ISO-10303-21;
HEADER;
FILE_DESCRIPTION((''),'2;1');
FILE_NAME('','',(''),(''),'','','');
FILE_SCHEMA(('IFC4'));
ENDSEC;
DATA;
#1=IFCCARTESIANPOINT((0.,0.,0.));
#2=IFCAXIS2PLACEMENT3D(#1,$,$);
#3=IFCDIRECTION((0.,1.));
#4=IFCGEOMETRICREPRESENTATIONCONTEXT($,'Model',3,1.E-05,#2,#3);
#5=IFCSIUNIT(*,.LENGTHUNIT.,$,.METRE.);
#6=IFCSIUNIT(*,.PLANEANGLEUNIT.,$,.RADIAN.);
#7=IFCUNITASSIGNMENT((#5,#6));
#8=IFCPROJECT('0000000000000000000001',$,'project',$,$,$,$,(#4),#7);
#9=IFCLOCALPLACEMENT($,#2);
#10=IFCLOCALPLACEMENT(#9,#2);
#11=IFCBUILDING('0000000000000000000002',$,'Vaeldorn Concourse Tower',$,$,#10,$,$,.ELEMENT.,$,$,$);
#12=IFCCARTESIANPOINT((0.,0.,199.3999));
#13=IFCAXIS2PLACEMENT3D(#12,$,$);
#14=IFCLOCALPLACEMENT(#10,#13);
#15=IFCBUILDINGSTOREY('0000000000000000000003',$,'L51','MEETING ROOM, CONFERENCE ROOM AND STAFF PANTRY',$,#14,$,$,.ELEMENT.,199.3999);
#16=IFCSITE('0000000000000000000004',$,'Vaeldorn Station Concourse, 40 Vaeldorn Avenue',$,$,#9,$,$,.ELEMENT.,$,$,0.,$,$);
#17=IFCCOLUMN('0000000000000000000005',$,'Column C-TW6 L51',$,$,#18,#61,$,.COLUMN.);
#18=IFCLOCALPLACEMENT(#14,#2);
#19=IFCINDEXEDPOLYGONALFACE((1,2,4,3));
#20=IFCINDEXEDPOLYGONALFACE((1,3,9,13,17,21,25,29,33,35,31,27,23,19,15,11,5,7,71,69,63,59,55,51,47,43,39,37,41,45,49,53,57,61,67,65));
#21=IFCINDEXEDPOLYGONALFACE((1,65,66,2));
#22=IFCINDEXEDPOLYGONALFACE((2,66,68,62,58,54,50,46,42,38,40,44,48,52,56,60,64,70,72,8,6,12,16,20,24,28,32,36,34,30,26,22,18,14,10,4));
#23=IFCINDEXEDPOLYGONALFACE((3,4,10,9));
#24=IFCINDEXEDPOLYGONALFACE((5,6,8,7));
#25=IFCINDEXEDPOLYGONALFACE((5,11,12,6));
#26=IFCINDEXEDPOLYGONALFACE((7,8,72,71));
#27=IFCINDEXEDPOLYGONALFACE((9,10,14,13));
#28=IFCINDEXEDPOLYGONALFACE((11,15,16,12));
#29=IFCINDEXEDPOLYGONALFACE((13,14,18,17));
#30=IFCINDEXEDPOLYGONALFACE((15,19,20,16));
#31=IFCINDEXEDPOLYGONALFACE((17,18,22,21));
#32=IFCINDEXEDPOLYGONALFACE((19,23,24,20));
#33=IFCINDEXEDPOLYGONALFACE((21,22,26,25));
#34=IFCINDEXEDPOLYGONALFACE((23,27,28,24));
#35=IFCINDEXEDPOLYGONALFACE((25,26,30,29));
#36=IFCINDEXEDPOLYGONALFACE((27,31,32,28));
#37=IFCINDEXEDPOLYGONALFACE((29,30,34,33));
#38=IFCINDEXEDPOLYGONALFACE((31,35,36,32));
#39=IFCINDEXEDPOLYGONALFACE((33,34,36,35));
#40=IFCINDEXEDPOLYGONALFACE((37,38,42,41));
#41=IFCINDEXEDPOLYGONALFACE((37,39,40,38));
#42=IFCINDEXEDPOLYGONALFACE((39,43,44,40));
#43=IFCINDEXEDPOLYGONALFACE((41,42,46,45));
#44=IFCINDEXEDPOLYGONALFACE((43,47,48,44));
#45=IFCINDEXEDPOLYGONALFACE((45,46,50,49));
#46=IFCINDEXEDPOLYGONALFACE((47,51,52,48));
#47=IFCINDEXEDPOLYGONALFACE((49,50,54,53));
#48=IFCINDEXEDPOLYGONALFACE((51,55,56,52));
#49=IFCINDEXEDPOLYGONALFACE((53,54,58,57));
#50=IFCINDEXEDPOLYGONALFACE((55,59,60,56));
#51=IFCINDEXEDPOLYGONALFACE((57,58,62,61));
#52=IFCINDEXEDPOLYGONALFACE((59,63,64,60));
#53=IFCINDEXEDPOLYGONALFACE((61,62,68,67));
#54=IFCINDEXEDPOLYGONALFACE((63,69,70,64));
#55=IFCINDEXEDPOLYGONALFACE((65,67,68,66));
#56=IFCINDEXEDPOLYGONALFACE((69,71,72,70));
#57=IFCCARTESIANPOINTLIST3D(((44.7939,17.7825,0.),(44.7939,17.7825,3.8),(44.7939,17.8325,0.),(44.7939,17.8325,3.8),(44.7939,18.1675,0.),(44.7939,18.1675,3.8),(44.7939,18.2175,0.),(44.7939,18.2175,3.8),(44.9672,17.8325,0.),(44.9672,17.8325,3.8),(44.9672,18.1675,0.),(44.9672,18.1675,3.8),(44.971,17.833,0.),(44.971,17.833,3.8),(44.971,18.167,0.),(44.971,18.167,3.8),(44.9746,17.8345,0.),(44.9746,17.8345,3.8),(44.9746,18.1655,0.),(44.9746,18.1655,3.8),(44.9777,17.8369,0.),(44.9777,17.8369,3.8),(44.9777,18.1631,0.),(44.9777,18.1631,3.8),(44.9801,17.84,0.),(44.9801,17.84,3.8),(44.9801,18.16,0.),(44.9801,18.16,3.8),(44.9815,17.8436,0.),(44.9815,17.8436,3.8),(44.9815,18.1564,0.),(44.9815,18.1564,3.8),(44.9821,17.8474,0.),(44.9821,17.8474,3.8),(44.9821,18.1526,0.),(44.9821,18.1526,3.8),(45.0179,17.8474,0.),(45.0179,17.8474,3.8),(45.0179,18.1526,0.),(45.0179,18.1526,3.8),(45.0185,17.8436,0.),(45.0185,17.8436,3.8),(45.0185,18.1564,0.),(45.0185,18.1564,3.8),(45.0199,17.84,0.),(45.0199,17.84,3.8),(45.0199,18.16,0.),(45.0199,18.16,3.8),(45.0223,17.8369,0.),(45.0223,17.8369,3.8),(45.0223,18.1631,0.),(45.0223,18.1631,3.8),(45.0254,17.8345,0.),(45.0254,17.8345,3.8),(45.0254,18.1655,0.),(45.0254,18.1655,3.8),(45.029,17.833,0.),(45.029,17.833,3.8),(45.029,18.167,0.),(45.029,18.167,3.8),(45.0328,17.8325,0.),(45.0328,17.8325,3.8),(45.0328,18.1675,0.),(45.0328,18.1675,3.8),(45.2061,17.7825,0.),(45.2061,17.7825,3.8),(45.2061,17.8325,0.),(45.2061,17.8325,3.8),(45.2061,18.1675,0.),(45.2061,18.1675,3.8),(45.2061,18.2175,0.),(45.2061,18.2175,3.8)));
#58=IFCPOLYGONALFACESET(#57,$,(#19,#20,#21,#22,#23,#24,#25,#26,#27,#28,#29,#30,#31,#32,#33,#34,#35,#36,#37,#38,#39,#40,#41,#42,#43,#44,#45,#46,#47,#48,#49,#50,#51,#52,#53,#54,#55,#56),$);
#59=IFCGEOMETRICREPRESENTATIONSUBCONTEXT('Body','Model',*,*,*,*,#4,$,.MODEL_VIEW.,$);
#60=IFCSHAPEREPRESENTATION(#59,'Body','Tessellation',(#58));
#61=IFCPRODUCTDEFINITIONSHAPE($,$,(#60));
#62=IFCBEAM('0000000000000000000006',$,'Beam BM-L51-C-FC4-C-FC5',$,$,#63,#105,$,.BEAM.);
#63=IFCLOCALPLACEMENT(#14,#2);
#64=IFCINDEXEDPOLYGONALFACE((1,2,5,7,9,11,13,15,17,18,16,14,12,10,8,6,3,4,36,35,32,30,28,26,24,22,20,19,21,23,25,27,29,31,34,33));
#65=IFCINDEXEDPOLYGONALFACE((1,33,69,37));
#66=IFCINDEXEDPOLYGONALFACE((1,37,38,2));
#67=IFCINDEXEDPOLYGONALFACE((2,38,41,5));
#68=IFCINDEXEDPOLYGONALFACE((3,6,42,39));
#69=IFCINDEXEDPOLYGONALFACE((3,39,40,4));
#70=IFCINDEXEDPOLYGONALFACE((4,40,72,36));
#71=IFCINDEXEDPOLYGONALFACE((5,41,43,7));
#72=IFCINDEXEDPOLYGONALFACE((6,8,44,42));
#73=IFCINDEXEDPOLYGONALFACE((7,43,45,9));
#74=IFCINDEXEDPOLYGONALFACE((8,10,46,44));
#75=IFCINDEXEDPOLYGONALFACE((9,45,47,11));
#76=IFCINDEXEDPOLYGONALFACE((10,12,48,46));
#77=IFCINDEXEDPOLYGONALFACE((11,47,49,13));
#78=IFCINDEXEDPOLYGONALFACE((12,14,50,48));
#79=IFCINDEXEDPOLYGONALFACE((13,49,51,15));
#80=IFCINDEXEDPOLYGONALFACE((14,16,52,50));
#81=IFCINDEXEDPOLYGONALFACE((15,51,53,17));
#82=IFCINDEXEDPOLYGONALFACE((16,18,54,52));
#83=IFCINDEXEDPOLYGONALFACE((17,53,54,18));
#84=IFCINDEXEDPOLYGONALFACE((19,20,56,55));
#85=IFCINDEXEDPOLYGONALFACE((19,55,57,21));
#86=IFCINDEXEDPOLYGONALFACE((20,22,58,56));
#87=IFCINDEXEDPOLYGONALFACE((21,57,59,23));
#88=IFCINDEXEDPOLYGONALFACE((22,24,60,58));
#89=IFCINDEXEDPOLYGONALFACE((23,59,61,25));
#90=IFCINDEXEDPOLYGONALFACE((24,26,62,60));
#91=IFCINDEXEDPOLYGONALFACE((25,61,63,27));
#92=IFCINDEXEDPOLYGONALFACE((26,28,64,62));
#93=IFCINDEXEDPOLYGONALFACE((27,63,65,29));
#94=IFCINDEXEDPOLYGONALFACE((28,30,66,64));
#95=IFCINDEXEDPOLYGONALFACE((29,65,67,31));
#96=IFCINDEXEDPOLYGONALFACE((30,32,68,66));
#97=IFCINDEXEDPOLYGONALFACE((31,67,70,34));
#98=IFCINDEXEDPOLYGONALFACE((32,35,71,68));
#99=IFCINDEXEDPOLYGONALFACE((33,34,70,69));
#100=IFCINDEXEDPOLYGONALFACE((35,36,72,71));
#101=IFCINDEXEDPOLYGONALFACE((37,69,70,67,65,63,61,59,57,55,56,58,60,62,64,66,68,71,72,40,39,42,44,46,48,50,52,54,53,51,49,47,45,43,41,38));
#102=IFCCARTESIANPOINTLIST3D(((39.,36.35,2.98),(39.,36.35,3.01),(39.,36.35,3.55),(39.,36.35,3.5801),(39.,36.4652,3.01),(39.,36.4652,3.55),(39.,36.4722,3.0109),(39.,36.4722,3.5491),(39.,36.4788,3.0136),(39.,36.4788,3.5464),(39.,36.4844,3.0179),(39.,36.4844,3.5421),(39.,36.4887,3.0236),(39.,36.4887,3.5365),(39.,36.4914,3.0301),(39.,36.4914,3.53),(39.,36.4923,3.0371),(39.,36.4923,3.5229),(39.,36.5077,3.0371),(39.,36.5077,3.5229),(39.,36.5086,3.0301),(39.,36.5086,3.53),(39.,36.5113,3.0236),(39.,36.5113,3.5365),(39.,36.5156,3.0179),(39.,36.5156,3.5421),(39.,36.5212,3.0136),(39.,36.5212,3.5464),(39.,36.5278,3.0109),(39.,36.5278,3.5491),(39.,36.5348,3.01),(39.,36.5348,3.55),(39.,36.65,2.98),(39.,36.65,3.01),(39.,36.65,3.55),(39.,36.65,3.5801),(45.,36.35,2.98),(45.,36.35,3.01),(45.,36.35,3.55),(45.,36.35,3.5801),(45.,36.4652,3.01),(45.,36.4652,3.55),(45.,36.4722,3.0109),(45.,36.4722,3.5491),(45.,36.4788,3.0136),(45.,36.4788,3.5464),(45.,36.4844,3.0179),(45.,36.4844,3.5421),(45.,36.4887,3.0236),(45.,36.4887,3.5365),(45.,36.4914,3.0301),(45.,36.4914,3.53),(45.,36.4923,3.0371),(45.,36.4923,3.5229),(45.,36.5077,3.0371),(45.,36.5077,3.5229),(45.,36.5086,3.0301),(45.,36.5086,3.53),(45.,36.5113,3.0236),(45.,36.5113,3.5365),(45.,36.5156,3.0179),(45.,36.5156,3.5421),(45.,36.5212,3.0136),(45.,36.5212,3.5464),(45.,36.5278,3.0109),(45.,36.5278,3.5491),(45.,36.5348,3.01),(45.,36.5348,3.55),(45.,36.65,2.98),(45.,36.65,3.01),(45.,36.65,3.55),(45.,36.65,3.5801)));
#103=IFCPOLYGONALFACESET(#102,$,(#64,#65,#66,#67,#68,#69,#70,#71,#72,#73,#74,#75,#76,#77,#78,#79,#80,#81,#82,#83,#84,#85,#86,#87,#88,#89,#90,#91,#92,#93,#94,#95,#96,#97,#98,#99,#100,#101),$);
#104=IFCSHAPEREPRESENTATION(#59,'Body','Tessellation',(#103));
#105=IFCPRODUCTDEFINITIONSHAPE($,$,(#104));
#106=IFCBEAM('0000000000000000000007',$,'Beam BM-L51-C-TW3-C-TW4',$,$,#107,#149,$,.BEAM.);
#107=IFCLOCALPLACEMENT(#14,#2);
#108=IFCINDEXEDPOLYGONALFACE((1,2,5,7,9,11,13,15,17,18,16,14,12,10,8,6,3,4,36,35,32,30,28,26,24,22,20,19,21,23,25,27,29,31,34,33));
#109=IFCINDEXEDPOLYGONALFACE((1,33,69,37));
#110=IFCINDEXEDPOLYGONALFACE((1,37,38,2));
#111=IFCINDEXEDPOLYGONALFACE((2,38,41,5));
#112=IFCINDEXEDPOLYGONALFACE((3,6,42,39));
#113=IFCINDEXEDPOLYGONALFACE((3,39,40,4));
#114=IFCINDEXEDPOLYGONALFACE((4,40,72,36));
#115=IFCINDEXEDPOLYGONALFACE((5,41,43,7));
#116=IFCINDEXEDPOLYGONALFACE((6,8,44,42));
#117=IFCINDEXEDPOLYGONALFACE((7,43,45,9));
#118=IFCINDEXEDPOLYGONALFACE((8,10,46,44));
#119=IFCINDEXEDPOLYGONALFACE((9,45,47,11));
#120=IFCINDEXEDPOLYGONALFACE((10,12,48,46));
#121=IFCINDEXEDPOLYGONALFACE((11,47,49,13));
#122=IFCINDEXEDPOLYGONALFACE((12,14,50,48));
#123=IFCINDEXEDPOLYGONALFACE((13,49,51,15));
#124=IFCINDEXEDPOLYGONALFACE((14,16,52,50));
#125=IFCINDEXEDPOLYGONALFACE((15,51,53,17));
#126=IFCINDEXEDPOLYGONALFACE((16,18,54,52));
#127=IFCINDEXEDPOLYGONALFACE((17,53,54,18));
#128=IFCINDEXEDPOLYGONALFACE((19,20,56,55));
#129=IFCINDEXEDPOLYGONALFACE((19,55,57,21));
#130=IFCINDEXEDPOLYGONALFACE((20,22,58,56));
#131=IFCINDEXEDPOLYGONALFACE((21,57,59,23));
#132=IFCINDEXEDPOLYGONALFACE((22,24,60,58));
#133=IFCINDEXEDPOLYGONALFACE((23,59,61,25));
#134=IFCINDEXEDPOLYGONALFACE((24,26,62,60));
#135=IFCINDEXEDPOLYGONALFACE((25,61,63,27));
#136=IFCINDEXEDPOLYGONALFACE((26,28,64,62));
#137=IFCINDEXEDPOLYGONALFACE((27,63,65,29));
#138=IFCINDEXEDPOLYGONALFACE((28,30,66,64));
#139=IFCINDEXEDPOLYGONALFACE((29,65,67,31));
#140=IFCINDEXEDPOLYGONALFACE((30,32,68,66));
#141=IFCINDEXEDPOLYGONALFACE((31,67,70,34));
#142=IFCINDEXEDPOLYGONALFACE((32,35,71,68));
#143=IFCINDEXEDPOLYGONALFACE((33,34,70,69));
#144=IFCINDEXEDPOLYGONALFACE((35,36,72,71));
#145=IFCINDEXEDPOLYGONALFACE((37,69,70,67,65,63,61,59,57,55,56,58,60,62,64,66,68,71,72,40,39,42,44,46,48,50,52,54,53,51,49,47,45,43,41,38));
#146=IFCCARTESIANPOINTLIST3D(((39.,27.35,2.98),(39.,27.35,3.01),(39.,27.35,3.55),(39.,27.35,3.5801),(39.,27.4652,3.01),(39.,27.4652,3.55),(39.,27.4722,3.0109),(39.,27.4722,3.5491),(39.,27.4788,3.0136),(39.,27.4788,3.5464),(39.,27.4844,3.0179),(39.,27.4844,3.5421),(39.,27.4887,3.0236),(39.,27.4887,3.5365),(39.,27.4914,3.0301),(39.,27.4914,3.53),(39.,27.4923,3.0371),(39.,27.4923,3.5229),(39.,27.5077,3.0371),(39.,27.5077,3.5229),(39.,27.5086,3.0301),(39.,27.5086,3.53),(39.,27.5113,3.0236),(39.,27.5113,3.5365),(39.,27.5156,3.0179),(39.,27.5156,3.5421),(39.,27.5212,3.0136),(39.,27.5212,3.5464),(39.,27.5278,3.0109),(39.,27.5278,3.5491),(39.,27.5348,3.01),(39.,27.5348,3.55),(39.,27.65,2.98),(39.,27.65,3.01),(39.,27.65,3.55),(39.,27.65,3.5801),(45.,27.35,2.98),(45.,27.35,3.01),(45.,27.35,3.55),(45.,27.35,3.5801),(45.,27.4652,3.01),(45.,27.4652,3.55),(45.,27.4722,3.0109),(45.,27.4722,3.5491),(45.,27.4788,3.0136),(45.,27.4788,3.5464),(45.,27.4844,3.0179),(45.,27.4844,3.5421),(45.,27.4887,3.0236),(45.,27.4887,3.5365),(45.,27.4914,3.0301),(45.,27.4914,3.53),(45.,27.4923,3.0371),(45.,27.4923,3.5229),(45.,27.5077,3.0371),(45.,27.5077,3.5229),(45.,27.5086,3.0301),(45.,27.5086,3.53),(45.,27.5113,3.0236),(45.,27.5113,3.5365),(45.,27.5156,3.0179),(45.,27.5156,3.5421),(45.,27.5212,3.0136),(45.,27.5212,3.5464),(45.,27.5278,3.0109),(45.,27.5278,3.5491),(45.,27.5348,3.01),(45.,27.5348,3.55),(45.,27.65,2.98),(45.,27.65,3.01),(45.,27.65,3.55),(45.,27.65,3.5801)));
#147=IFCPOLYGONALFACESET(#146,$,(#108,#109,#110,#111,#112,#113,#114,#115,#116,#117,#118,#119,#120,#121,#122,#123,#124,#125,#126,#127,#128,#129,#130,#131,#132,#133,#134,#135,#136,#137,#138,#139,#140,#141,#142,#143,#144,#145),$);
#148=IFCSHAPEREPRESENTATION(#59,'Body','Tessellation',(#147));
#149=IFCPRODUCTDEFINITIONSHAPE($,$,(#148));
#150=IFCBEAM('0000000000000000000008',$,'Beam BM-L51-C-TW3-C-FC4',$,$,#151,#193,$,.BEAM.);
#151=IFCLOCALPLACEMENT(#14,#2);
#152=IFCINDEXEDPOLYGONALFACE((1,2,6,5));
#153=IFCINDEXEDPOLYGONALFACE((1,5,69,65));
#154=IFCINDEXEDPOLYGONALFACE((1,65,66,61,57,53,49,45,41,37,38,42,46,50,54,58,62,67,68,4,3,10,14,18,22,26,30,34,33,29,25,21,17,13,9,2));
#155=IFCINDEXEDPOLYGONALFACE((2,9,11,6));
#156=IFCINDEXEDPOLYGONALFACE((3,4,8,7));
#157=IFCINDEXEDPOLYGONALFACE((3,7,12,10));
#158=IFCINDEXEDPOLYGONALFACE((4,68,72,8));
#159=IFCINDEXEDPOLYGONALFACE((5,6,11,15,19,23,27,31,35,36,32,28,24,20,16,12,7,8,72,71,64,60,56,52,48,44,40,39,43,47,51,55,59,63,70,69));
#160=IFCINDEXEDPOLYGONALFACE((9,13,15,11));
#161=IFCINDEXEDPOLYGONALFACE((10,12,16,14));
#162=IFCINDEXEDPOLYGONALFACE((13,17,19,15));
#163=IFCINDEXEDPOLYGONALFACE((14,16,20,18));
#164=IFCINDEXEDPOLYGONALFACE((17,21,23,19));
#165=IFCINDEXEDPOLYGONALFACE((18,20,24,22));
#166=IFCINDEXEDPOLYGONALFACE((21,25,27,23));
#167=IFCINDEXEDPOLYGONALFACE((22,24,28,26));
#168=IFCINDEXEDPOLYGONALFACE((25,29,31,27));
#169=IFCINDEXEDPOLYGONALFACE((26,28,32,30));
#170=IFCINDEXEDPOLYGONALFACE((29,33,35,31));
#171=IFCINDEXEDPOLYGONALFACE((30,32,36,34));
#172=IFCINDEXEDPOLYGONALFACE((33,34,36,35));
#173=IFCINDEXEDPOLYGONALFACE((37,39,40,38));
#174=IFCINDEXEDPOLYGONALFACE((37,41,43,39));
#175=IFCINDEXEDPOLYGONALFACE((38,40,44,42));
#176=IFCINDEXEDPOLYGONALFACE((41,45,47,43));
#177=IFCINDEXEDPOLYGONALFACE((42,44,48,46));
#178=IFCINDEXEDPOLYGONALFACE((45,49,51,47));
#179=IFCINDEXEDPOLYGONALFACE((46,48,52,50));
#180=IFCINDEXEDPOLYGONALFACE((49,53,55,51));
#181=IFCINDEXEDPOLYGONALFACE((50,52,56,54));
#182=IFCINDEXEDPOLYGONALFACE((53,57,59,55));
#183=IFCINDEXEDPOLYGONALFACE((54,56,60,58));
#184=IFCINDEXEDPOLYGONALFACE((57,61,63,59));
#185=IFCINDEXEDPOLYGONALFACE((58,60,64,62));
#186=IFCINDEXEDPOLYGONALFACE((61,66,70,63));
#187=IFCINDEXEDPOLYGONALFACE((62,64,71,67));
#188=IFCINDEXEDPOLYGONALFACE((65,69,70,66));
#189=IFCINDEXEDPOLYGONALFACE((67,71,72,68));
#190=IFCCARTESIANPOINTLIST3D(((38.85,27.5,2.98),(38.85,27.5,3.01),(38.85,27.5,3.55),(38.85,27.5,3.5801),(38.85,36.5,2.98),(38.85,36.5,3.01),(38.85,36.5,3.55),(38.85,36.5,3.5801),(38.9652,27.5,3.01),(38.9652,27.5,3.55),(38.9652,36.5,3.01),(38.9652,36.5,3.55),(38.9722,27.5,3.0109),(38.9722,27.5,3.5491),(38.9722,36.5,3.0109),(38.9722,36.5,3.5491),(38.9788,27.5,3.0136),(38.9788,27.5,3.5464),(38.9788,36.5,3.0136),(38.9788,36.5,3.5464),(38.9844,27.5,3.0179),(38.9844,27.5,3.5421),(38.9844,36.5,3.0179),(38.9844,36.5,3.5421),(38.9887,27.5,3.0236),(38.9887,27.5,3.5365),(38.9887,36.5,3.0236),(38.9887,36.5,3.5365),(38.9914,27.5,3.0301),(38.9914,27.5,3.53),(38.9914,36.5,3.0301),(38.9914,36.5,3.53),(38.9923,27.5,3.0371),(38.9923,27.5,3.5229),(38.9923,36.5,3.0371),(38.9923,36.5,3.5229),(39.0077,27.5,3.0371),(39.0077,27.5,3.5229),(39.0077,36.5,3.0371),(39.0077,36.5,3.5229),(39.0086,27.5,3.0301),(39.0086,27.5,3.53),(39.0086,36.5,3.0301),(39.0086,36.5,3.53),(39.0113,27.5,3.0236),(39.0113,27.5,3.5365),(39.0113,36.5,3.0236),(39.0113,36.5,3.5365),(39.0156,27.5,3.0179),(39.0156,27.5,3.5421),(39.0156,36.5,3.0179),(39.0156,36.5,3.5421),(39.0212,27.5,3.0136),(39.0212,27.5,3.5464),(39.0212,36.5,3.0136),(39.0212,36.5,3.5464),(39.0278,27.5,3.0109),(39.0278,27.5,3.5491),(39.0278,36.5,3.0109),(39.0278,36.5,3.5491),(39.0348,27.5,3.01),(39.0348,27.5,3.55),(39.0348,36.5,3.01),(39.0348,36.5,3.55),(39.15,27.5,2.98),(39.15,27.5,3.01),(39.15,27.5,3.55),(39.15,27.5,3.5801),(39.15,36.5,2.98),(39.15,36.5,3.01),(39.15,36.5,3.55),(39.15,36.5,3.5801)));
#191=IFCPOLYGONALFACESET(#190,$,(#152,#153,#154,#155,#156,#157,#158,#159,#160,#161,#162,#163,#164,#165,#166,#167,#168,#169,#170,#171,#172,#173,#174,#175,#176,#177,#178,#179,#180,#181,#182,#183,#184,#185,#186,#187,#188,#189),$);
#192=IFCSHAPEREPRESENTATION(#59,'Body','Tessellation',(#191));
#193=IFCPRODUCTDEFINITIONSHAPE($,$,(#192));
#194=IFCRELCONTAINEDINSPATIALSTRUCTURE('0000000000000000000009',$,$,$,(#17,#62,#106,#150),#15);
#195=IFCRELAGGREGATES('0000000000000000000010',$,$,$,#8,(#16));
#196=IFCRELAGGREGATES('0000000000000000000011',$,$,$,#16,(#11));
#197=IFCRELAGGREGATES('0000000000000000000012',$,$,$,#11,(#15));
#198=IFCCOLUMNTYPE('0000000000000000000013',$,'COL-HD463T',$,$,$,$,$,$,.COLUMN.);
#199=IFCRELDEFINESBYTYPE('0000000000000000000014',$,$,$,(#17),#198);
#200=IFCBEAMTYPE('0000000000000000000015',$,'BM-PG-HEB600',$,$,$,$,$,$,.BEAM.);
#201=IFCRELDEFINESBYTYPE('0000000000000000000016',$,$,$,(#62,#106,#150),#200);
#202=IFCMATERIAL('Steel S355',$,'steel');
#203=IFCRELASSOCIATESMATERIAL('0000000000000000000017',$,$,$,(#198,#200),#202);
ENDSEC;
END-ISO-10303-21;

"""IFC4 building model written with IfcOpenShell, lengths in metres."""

from ifc_helpers import new_model, si_unit, direction, frame, origin, origin_2d, place, context, subcontext, project, spatial, i_section, extrude, source, transform, mapped, material, material_profile, profile_set, type_object, element, save


model = new_model("IFC4")

# Units and contexts
model_context = context("Model", 3, precision=1e-05, world=origin(), true_north=direction((0.0, 1.0)))
body_context = subcontext(model_context, "Body", "Model", "MODEL_VIEW")
ifc_project = project(units=[si_unit("LENGTHUNIT", "METRE"), si_unit("PLANEANGLEUNIT", "RADIAN")], contexts=[model_context])

# Site, building, storey
site_placement = place(None, origin())
site = spatial("IfcSite", under=ifc_project, at=site_placement, Name="Vaeldorn Station Concourse, 40 Vaeldorn Avenue", CompositionType="ELEMENT", RefElevation=0.0)
building_placement = place(site_placement, origin())
building = spatial("IfcBuilding", under=site, at=building_placement, Name="Vaeldorn Concourse Tower", CompositionType="ELEMENT")
storey_placement = place(building_placement, frame((0.0, 0.0, 199.3999)))
storey = spatial("IfcBuildingStorey", under=building, at=storey_placement, Name="L51", Description="MEETING ROOM, CONFERENCE ROOM AND STAFF PANTRY", CompositionType="ELEMENT", Elevation=199.3999)

# Column
ifc_material_1 = material(Name="Steel S355", Category="steel")
ifc_material_profile_1 = material_profile(ifc_material_1, i_section(OverallWidth=0.4121, OverallDepth=0.4351, WebThickness=0.0359, FlangeThickness=0.05, FilletRadius=0.0149, at=origin_2d()), Name="HD 400x463")
ifc_profile_set_1 = profile_set([ifc_material_profile_1], Name="Steel S355")
column_type_1 = type_object("IfcColumnType", Name="COL-HD463T", PredefinedType="COLUMN", material=ifc_profile_set_1)
shared_shape_1 = source(origin(), body_context, "Body", "SweptSolid", [
    extrude(i_section(OverallWidth=0.4121, OverallDepth=0.4351, WebThickness=0.0359, FlangeThickness=0.05, FilletRadius=0.0149, at=origin_2d()), origin(), (0.0, 0.0, 1.0), 3.8),
])
for number, where, z_axis, x_axis, name in (
    (1, (45.0, 18.0, 0.0), (0.0, 0.0, 1.0), (1.0, 0.0, 0.0), "Column C-TW6 L51"),
):
    element("IfcColumn", number, at=place(storey_placement, frame(where, z_axis=z_axis, x_axis=x_axis)), inside=storey, type_object=column_type_1, Name=name, PredefinedType="COLUMN", context=body_context, shape_type="MappedRepresentation", body=[
        mapped(shared_shape_1, transform((0.0, 0.0, 0.0), scale=1.0)),
    ])

# Beams
ifc_material_profile_2 = material_profile(ifc_material_1, i_section(OverallWidth=0.3, OverallDepth=0.6001, WebThickness=0.0154, FlangeThickness=0.03, FilletRadius=0.0271, at=origin_2d()), Name="HEB 600")
ifc_profile_set_2 = profile_set([ifc_material_profile_2], Name="Steel S355")
beam_type_1 = type_object("IfcBeamType", Name="BM-PG-HEB600", PredefinedType="BEAM", material=ifc_profile_set_2)
shared_shape_2 = source(origin(), body_context, "Body", "SweptSolid", [
    extrude(i_section(OverallWidth=0.3, OverallDepth=0.6001, WebThickness=0.0154, FlangeThickness=0.03, FilletRadius=0.0271, at=origin_2d()), origin(), (0.0, 0.0, 1.0), 6.0),
])
for number, where, z_axis, x_axis, name in (
    (2, (39.0, 36.5, 3.28), (1.0, 0.0, 0.0), (0.0, 1.0, 0.0), "Beam BM-L51-C-FC4-C-FC5"),
    (3, (39.0, 27.5, 3.28), (1.0, 0.0, 0.0), (0.0, 1.0, 0.0), "Beam BM-L51-C-TW3-C-TW4"),
):
    element("IfcBeam", number, at=place(storey_placement, frame(where, z_axis=z_axis, x_axis=x_axis)), inside=storey, type_object=beam_type_1, Name=name, PredefinedType="BEAM", context=body_context, shape_type="MappedRepresentation", body=[
        mapped(shared_shape_2, transform((0.0, 0.0, 0.0), scale=1.0)),
    ])
shared_shape_3 = source(origin(), body_context, "Body", "SweptSolid", [
    extrude(i_section(OverallWidth=0.3, OverallDepth=0.6001, WebThickness=0.0154, FlangeThickness=0.03, FilletRadius=0.0271, at=origin_2d()), origin(), (0.0, 0.0, 1.0), 9.0),
])
for number, where, z_axis, x_axis, name in (
    (4, (39.0, 27.5, 3.28), (0.0, 1.0, 0.0), (-1.0, 0.0, 0.0), "Beam BM-L51-C-TW3-C-FC4"),
):
    element("IfcBeam", number, at=place(storey_placement, frame(where, z_axis=z_axis, x_axis=x_axis)), inside=storey, type_object=beam_type_1, Name=name, PredefinedType="BEAM", context=body_context, shape_type="MappedRepresentation", body=[
        mapped(shared_shape_3, transform((0.0, 0.0, 0.0), scale=1.0)),
    ])

save(model, "model.ifc")
